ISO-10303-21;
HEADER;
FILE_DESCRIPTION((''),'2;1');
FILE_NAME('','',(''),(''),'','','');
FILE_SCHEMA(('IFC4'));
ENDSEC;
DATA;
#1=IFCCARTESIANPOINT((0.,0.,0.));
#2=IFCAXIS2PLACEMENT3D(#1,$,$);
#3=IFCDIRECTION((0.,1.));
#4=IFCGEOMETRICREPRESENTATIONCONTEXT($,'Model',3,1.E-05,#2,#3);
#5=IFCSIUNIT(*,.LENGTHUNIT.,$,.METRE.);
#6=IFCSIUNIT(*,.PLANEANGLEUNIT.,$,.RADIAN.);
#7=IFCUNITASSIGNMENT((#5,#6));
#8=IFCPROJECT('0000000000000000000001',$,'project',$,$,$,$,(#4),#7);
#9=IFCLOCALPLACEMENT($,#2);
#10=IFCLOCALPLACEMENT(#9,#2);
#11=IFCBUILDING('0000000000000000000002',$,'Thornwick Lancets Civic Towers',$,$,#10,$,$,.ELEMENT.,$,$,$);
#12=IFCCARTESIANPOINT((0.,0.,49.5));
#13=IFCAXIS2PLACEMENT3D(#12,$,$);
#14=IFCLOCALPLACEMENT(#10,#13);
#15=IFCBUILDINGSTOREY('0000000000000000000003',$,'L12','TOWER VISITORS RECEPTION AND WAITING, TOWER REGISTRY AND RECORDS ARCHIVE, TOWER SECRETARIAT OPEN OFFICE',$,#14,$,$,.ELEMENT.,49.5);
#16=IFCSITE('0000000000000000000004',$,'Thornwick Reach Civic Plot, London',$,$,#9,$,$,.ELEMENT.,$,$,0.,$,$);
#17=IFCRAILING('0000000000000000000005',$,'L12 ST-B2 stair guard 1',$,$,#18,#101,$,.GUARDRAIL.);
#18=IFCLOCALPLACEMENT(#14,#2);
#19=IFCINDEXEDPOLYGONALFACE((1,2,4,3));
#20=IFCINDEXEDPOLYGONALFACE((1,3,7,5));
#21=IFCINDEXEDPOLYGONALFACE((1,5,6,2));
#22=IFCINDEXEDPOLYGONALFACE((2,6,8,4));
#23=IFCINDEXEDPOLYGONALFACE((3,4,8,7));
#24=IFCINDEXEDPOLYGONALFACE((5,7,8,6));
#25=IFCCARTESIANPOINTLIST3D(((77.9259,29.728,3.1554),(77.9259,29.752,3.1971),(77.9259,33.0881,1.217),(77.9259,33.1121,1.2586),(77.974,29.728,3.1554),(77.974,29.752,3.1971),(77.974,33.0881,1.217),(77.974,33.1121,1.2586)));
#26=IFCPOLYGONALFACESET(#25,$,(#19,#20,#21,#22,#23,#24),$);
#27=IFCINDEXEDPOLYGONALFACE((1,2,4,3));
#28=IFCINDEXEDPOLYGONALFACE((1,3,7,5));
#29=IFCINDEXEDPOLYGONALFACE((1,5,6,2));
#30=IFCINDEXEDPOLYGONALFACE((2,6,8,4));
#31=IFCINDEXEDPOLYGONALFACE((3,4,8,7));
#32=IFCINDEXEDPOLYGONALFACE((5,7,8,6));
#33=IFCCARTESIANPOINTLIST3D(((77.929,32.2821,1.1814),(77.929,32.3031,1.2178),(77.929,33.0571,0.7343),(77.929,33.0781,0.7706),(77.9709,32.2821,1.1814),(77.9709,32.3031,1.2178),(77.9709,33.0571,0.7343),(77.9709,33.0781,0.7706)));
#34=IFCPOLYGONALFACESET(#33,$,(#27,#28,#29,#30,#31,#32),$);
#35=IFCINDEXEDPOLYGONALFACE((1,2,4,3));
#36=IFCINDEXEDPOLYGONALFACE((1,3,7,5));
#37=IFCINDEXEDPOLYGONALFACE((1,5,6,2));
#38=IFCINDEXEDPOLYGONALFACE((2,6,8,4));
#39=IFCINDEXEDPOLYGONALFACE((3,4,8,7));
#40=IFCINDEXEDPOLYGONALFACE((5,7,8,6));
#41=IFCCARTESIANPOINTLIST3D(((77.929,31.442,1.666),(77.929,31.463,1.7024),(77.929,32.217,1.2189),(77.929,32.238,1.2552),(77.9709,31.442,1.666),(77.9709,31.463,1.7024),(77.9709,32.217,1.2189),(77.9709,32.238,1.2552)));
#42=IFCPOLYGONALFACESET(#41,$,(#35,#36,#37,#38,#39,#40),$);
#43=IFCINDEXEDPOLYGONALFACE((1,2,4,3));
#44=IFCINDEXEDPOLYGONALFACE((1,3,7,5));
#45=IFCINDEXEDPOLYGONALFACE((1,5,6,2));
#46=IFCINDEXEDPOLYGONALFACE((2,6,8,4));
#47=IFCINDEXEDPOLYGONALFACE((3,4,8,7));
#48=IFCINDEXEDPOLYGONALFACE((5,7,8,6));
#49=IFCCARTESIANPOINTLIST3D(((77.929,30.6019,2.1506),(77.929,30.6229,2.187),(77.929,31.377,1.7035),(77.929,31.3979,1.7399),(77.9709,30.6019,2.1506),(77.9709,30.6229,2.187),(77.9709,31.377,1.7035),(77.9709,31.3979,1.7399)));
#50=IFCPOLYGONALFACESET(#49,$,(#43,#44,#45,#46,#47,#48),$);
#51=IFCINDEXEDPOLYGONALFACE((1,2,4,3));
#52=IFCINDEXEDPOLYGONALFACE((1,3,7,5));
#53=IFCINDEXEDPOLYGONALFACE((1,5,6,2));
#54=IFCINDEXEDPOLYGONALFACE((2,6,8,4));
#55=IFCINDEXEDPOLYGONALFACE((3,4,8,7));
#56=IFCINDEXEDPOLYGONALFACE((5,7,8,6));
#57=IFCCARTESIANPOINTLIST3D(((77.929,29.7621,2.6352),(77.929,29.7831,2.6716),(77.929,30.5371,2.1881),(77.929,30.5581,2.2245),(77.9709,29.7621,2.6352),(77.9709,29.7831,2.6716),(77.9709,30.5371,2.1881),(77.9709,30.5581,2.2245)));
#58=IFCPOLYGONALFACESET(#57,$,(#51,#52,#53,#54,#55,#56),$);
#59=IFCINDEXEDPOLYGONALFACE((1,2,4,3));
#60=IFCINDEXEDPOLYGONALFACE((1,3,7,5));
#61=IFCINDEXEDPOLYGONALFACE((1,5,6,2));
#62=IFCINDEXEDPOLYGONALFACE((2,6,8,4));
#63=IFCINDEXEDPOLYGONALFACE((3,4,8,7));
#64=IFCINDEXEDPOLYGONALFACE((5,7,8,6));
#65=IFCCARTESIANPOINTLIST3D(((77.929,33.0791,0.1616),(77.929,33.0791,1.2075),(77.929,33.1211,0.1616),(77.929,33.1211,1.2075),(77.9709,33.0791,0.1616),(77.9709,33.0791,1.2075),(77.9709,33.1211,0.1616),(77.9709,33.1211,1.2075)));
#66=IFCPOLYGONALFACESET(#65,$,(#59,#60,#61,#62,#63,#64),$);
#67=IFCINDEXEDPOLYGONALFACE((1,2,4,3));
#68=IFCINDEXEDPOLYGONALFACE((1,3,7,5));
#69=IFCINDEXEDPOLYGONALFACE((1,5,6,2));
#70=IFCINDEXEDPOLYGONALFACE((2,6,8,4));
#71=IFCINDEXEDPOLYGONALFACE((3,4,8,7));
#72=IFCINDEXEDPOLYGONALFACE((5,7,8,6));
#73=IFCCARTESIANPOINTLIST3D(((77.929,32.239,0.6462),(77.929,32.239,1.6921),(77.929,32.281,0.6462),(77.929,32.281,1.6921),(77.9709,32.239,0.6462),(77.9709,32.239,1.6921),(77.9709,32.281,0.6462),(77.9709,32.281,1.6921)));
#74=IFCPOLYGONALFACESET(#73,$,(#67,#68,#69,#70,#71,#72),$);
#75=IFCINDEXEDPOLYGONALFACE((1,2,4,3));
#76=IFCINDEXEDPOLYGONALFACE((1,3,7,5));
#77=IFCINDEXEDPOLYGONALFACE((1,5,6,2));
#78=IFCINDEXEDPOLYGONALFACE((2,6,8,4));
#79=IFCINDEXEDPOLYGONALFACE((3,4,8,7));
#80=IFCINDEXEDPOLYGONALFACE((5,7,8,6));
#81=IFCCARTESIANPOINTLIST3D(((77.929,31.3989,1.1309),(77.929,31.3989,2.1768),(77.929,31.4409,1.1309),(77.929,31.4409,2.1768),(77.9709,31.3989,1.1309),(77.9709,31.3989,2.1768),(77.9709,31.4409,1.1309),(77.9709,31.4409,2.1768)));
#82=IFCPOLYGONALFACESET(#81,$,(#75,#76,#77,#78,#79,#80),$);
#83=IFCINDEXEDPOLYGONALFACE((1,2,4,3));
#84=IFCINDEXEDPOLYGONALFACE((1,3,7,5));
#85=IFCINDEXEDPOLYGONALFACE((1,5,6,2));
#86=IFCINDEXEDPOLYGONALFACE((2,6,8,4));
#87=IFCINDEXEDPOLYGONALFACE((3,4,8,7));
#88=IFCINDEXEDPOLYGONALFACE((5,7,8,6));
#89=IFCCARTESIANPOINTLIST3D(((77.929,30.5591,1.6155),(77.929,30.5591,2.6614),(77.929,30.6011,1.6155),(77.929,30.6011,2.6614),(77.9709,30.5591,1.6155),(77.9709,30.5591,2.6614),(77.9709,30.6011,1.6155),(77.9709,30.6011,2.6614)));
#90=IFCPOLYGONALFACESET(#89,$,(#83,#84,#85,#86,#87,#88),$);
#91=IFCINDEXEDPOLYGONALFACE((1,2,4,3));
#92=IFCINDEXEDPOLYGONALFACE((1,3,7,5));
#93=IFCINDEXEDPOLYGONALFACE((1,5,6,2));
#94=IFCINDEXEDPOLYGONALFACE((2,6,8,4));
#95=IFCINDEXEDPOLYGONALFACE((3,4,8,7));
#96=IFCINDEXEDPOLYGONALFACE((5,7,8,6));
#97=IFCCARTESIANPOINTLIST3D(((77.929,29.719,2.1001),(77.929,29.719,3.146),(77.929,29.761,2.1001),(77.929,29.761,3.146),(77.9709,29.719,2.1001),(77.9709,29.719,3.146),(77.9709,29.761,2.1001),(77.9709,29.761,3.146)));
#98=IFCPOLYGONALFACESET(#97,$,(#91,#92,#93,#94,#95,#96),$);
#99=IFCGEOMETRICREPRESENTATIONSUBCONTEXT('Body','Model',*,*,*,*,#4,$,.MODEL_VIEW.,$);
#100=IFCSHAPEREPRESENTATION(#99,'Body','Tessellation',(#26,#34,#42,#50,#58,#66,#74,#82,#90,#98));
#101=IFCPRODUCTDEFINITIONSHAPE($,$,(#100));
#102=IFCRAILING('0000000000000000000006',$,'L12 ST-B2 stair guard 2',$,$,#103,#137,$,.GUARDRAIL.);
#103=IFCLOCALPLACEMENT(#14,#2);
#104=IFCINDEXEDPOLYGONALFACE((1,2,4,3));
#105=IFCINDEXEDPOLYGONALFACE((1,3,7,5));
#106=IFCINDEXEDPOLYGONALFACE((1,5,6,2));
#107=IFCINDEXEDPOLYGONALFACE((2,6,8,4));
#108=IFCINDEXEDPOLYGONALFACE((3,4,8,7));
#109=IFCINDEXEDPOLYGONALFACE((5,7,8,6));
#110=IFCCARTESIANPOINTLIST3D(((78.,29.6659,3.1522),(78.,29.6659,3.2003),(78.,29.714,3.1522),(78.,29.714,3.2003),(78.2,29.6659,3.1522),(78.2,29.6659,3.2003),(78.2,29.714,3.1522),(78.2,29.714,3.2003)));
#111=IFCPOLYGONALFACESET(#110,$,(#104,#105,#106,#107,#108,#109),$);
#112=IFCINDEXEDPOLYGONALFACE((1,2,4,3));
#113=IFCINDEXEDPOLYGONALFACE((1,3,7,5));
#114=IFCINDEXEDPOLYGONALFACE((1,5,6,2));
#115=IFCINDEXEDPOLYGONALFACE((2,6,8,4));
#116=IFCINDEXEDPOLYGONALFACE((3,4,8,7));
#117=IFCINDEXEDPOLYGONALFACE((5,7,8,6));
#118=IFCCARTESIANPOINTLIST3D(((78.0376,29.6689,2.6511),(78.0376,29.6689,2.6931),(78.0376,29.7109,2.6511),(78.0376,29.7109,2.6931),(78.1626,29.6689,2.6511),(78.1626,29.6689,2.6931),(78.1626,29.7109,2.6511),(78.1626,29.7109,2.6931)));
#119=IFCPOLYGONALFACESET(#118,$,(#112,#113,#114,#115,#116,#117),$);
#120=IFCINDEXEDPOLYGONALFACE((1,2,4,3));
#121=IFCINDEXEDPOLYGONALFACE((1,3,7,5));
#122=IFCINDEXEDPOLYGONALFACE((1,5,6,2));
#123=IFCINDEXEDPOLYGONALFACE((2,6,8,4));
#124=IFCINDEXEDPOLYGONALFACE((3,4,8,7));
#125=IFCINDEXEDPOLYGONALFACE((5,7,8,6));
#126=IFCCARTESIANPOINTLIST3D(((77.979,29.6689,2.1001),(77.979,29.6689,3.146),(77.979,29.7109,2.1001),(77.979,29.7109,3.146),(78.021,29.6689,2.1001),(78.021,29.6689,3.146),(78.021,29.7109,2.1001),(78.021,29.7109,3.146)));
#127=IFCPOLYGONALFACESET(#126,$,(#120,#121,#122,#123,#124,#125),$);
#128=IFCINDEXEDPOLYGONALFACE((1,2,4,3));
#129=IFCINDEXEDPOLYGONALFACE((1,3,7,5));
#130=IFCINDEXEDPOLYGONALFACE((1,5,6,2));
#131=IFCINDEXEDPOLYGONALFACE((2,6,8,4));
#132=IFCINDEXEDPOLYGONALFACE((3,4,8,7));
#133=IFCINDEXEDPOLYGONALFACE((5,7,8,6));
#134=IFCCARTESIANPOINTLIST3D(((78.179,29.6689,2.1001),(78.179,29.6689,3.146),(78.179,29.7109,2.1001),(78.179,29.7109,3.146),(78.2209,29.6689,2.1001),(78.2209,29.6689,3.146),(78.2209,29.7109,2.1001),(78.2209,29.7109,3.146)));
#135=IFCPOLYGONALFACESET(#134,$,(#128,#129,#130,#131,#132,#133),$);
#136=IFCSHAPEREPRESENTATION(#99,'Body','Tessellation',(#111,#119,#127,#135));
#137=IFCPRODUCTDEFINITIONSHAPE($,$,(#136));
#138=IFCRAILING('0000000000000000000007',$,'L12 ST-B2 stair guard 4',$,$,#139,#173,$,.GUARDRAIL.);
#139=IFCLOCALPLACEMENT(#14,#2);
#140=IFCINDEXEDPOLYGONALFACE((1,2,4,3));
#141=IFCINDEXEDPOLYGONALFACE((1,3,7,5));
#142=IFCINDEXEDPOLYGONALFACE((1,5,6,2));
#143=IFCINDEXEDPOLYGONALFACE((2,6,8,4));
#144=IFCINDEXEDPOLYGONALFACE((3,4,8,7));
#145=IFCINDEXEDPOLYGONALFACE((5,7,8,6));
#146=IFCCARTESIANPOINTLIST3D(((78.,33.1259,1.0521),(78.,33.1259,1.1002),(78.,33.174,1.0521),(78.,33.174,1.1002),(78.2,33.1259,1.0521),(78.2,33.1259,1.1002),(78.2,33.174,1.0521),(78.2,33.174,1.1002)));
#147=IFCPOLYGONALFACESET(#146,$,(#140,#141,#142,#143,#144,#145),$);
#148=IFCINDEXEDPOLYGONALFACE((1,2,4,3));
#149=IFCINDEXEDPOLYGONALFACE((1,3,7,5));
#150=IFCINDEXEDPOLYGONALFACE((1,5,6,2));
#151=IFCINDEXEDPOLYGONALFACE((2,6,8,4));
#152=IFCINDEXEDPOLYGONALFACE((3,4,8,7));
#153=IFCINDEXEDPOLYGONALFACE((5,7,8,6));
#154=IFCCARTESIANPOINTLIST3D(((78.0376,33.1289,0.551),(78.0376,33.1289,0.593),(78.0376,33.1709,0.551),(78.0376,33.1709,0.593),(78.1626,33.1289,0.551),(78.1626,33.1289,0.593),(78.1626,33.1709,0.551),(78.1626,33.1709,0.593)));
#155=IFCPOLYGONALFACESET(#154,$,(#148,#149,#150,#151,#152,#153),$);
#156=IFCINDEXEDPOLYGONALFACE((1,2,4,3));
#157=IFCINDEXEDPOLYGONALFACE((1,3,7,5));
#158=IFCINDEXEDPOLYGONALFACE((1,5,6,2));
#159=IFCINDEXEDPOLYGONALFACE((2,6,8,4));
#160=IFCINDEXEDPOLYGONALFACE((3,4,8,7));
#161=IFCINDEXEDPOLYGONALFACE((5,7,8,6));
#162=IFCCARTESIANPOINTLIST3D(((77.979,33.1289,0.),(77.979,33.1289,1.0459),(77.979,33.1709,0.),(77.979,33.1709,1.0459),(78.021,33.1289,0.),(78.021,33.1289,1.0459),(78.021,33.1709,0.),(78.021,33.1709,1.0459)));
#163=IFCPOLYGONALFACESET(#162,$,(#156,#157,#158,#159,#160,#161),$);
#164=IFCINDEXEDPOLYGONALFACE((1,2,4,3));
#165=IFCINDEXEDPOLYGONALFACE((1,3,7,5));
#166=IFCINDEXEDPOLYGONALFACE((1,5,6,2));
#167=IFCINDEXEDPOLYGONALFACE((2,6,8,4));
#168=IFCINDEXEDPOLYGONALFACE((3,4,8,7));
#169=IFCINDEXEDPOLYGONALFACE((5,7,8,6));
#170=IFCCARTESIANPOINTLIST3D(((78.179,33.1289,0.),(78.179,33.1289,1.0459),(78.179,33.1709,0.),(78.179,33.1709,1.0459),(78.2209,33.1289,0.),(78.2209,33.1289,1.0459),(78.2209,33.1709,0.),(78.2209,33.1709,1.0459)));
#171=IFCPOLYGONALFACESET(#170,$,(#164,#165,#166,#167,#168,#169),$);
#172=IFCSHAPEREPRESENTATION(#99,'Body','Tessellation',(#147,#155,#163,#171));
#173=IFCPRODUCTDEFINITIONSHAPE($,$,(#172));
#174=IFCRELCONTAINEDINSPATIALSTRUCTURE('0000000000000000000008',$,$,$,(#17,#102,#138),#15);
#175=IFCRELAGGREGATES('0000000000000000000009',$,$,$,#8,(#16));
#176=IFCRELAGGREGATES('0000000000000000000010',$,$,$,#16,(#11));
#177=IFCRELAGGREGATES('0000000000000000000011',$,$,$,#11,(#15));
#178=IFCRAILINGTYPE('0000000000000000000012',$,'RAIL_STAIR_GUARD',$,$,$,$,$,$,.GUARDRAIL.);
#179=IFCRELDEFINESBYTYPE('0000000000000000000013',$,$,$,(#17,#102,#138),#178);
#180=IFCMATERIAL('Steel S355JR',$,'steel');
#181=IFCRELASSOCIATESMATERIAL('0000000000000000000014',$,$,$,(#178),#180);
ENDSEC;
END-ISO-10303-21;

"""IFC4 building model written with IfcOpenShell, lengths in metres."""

from ifc_helpers import new_model, si_unit, direction, frame, origin, origin_2d, place, context, subcontext, project, spatial, rectangle, extrude, material, type_object, element, save


model = new_model("IFC4")

# Units and contexts
model_context = context("Model", 3, precision=1e-05, world=origin(), true_north=direction((0.0, 1.0)))
body_context = subcontext(model_context, "Body", "Model", "MODEL_VIEW")
ifc_project = project(units=[si_unit("LENGTHUNIT", "METRE"), si_unit("PLANEANGLEUNIT", "RADIAN")], contexts=[model_context])

# Site, building, storey
site_placement = place(None, origin())
site = spatial("IfcSite", under=ifc_project, at=site_placement, Name="Thornwick Reach Civic Plot, London", CompositionType="ELEMENT", RefElevation=0.0)
building_placement = place(site_placement, origin())
building = spatial("IfcBuilding", under=site, at=building_placement, Name="Thornwick Lancets Civic Towers", CompositionType="ELEMENT")
storey_placement = place(building_placement, frame((0.0, 0.0, 49.5)))
storey = spatial("IfcBuildingStorey", under=building, at=storey_placement, Name="L12", Description="TOWER VISITORS RECEPTION AND WAITING, TOWER REGISTRY AND RECORDS ARCHIVE, TOWER SECRETARIAT OPEN OFFICE", CompositionType="ELEMENT", Elevation=49.5)

# Shared definitions
ifc_material_1 = material(Name="Steel S355JR", Category="steel")

# Railings
railing_type_1 = type_object("IfcRailingType", Name="RAIL_STAIR_GUARD", PredefinedType="GUARDRAIL", material=ifc_material_1)
railing_1_placement = place(storey_placement, frame((77.95, 33.1001, 0.1616)))
element("IfcRailing", 1, at=railing_1_placement, inside=storey, type_object=railing_type_1, Name="L12 ST-B2 stair guard 1", PredefinedType="GUARDRAIL", context=body_context, shape_type="SweptSolid", body=[
    extrude(rectangle(XDim=0.0481, YDim=0.0481, at=origin_2d()), frame((0.0, 0.0, 1.0762), z_axis=(0.0, -0.866191, 0.499713), x_axis=(1.0, 0.0, 0.0)), (0.0, 0.0, 1.0), 3.8792),
    extrude(rectangle(XDim=0.042, YDim=0.042, at=origin_2d()), frame((0.0, -0.0325, 0.5908), z_axis=(0.0, -0.866191, 0.499713), x_axis=(1.0, 0.0, 0.0)), (0.0, 0.0, 1.0), 0.8948),
    extrude(rectangle(XDim=0.042, YDim=0.042, at=origin_2d()), frame((0.0, -0.8726, 1.0754), z_axis=(0.0, -0.866191, 0.499713), x_axis=(1.0, 0.0, 0.0)), (0.0, 0.0, 1.0), 0.8948),
    extrude(rectangle(XDim=0.042, YDim=0.042, at=origin_2d()), frame((0.0, -1.7126, 1.5601), z_axis=(0.0, -0.866191, 0.499713), x_axis=(1.0, 0.0, 0.0)), (0.0, 0.0, 1.0), 0.8948),
    extrude(rectangle(XDim=0.042, YDim=0.042, at=origin_2d()), frame((0.0, -2.5525, 2.0447), z_axis=(0.0, -0.866191, 0.499713), x_axis=(1.0, 0.0, 0.0)), (0.0, 0.0, 1.0), 0.8948),
    extrude(rectangle(XDim=0.042, YDim=0.042, at=origin_2d()), origin(), (0.0, 0.0, 1.0), 1.0459),
    extrude(rectangle(XDim=0.042, YDim=0.042, at=origin_2d()), frame((0.0, -0.8401, 0.4846)), (0.0, 0.0, 1.0), 1.0459),
    extrude(rectangle(XDim=0.042, YDim=0.042, at=origin_2d()), frame((0.0, -1.6802, 0.9692)), (0.0, 0.0, 1.0), 1.0459),
    extrude(rectangle(XDim=0.042, YDim=0.042, at=origin_2d()), frame((0.0, -2.52, 1.4539)), (0.0, 0.0, 1.0), 1.0459),
    extrude(rectangle(XDim=0.042, YDim=0.042, at=origin_2d()), frame((0.0, -3.3601, 1.9385)), (0.0, 0.0, 1.0), 1.0459),
])
for number, where, name in (
    (2, (78.0, 29.6899, 2.1001), "L12 ST-B2 stair guard 2"),
    (3, (78.0, 33.1499, 0.0), "L12 ST-B2 stair guard 4"),
):
    element("IfcRailing", number, at=place(storey_placement, frame(where)), inside=storey, type_object=railing_type_1, Name=name, PredefinedType="GUARDRAIL", context=body_context, shape_type="SweptSolid", body=[
        extrude(rectangle(XDim=0.0481, YDim=0.0481, at=origin_2d()), frame((0.0, 0.0, 1.0762), z_axis=(1.0, 0.0, 0.0), x_axis=(0.0, 1.0, 0.0)), (0.0, 0.0, 1.0), 0.2),
        extrude(rectangle(XDim=0.042, YDim=0.042, at=origin_2d()), frame((0.0376, 0.0, 0.572), z_axis=(1.0, 0.0, 0.0), x_axis=(0.0, 1.0, 0.0)), (0.0, 0.0, 1.0), 0.125),
        extrude(rectangle(XDim=0.042, YDim=0.042, at=origin_2d()), origin(), (0.0, 0.0, 1.0), 1.0459),
        extrude(rectangle(XDim=0.042, YDim=0.042, at=origin_2d()), frame((0.2, 0.0, 0.0)), (0.0, 0.0, 1.0), 1.0459),
    ])

save(model, "model.ifc")
